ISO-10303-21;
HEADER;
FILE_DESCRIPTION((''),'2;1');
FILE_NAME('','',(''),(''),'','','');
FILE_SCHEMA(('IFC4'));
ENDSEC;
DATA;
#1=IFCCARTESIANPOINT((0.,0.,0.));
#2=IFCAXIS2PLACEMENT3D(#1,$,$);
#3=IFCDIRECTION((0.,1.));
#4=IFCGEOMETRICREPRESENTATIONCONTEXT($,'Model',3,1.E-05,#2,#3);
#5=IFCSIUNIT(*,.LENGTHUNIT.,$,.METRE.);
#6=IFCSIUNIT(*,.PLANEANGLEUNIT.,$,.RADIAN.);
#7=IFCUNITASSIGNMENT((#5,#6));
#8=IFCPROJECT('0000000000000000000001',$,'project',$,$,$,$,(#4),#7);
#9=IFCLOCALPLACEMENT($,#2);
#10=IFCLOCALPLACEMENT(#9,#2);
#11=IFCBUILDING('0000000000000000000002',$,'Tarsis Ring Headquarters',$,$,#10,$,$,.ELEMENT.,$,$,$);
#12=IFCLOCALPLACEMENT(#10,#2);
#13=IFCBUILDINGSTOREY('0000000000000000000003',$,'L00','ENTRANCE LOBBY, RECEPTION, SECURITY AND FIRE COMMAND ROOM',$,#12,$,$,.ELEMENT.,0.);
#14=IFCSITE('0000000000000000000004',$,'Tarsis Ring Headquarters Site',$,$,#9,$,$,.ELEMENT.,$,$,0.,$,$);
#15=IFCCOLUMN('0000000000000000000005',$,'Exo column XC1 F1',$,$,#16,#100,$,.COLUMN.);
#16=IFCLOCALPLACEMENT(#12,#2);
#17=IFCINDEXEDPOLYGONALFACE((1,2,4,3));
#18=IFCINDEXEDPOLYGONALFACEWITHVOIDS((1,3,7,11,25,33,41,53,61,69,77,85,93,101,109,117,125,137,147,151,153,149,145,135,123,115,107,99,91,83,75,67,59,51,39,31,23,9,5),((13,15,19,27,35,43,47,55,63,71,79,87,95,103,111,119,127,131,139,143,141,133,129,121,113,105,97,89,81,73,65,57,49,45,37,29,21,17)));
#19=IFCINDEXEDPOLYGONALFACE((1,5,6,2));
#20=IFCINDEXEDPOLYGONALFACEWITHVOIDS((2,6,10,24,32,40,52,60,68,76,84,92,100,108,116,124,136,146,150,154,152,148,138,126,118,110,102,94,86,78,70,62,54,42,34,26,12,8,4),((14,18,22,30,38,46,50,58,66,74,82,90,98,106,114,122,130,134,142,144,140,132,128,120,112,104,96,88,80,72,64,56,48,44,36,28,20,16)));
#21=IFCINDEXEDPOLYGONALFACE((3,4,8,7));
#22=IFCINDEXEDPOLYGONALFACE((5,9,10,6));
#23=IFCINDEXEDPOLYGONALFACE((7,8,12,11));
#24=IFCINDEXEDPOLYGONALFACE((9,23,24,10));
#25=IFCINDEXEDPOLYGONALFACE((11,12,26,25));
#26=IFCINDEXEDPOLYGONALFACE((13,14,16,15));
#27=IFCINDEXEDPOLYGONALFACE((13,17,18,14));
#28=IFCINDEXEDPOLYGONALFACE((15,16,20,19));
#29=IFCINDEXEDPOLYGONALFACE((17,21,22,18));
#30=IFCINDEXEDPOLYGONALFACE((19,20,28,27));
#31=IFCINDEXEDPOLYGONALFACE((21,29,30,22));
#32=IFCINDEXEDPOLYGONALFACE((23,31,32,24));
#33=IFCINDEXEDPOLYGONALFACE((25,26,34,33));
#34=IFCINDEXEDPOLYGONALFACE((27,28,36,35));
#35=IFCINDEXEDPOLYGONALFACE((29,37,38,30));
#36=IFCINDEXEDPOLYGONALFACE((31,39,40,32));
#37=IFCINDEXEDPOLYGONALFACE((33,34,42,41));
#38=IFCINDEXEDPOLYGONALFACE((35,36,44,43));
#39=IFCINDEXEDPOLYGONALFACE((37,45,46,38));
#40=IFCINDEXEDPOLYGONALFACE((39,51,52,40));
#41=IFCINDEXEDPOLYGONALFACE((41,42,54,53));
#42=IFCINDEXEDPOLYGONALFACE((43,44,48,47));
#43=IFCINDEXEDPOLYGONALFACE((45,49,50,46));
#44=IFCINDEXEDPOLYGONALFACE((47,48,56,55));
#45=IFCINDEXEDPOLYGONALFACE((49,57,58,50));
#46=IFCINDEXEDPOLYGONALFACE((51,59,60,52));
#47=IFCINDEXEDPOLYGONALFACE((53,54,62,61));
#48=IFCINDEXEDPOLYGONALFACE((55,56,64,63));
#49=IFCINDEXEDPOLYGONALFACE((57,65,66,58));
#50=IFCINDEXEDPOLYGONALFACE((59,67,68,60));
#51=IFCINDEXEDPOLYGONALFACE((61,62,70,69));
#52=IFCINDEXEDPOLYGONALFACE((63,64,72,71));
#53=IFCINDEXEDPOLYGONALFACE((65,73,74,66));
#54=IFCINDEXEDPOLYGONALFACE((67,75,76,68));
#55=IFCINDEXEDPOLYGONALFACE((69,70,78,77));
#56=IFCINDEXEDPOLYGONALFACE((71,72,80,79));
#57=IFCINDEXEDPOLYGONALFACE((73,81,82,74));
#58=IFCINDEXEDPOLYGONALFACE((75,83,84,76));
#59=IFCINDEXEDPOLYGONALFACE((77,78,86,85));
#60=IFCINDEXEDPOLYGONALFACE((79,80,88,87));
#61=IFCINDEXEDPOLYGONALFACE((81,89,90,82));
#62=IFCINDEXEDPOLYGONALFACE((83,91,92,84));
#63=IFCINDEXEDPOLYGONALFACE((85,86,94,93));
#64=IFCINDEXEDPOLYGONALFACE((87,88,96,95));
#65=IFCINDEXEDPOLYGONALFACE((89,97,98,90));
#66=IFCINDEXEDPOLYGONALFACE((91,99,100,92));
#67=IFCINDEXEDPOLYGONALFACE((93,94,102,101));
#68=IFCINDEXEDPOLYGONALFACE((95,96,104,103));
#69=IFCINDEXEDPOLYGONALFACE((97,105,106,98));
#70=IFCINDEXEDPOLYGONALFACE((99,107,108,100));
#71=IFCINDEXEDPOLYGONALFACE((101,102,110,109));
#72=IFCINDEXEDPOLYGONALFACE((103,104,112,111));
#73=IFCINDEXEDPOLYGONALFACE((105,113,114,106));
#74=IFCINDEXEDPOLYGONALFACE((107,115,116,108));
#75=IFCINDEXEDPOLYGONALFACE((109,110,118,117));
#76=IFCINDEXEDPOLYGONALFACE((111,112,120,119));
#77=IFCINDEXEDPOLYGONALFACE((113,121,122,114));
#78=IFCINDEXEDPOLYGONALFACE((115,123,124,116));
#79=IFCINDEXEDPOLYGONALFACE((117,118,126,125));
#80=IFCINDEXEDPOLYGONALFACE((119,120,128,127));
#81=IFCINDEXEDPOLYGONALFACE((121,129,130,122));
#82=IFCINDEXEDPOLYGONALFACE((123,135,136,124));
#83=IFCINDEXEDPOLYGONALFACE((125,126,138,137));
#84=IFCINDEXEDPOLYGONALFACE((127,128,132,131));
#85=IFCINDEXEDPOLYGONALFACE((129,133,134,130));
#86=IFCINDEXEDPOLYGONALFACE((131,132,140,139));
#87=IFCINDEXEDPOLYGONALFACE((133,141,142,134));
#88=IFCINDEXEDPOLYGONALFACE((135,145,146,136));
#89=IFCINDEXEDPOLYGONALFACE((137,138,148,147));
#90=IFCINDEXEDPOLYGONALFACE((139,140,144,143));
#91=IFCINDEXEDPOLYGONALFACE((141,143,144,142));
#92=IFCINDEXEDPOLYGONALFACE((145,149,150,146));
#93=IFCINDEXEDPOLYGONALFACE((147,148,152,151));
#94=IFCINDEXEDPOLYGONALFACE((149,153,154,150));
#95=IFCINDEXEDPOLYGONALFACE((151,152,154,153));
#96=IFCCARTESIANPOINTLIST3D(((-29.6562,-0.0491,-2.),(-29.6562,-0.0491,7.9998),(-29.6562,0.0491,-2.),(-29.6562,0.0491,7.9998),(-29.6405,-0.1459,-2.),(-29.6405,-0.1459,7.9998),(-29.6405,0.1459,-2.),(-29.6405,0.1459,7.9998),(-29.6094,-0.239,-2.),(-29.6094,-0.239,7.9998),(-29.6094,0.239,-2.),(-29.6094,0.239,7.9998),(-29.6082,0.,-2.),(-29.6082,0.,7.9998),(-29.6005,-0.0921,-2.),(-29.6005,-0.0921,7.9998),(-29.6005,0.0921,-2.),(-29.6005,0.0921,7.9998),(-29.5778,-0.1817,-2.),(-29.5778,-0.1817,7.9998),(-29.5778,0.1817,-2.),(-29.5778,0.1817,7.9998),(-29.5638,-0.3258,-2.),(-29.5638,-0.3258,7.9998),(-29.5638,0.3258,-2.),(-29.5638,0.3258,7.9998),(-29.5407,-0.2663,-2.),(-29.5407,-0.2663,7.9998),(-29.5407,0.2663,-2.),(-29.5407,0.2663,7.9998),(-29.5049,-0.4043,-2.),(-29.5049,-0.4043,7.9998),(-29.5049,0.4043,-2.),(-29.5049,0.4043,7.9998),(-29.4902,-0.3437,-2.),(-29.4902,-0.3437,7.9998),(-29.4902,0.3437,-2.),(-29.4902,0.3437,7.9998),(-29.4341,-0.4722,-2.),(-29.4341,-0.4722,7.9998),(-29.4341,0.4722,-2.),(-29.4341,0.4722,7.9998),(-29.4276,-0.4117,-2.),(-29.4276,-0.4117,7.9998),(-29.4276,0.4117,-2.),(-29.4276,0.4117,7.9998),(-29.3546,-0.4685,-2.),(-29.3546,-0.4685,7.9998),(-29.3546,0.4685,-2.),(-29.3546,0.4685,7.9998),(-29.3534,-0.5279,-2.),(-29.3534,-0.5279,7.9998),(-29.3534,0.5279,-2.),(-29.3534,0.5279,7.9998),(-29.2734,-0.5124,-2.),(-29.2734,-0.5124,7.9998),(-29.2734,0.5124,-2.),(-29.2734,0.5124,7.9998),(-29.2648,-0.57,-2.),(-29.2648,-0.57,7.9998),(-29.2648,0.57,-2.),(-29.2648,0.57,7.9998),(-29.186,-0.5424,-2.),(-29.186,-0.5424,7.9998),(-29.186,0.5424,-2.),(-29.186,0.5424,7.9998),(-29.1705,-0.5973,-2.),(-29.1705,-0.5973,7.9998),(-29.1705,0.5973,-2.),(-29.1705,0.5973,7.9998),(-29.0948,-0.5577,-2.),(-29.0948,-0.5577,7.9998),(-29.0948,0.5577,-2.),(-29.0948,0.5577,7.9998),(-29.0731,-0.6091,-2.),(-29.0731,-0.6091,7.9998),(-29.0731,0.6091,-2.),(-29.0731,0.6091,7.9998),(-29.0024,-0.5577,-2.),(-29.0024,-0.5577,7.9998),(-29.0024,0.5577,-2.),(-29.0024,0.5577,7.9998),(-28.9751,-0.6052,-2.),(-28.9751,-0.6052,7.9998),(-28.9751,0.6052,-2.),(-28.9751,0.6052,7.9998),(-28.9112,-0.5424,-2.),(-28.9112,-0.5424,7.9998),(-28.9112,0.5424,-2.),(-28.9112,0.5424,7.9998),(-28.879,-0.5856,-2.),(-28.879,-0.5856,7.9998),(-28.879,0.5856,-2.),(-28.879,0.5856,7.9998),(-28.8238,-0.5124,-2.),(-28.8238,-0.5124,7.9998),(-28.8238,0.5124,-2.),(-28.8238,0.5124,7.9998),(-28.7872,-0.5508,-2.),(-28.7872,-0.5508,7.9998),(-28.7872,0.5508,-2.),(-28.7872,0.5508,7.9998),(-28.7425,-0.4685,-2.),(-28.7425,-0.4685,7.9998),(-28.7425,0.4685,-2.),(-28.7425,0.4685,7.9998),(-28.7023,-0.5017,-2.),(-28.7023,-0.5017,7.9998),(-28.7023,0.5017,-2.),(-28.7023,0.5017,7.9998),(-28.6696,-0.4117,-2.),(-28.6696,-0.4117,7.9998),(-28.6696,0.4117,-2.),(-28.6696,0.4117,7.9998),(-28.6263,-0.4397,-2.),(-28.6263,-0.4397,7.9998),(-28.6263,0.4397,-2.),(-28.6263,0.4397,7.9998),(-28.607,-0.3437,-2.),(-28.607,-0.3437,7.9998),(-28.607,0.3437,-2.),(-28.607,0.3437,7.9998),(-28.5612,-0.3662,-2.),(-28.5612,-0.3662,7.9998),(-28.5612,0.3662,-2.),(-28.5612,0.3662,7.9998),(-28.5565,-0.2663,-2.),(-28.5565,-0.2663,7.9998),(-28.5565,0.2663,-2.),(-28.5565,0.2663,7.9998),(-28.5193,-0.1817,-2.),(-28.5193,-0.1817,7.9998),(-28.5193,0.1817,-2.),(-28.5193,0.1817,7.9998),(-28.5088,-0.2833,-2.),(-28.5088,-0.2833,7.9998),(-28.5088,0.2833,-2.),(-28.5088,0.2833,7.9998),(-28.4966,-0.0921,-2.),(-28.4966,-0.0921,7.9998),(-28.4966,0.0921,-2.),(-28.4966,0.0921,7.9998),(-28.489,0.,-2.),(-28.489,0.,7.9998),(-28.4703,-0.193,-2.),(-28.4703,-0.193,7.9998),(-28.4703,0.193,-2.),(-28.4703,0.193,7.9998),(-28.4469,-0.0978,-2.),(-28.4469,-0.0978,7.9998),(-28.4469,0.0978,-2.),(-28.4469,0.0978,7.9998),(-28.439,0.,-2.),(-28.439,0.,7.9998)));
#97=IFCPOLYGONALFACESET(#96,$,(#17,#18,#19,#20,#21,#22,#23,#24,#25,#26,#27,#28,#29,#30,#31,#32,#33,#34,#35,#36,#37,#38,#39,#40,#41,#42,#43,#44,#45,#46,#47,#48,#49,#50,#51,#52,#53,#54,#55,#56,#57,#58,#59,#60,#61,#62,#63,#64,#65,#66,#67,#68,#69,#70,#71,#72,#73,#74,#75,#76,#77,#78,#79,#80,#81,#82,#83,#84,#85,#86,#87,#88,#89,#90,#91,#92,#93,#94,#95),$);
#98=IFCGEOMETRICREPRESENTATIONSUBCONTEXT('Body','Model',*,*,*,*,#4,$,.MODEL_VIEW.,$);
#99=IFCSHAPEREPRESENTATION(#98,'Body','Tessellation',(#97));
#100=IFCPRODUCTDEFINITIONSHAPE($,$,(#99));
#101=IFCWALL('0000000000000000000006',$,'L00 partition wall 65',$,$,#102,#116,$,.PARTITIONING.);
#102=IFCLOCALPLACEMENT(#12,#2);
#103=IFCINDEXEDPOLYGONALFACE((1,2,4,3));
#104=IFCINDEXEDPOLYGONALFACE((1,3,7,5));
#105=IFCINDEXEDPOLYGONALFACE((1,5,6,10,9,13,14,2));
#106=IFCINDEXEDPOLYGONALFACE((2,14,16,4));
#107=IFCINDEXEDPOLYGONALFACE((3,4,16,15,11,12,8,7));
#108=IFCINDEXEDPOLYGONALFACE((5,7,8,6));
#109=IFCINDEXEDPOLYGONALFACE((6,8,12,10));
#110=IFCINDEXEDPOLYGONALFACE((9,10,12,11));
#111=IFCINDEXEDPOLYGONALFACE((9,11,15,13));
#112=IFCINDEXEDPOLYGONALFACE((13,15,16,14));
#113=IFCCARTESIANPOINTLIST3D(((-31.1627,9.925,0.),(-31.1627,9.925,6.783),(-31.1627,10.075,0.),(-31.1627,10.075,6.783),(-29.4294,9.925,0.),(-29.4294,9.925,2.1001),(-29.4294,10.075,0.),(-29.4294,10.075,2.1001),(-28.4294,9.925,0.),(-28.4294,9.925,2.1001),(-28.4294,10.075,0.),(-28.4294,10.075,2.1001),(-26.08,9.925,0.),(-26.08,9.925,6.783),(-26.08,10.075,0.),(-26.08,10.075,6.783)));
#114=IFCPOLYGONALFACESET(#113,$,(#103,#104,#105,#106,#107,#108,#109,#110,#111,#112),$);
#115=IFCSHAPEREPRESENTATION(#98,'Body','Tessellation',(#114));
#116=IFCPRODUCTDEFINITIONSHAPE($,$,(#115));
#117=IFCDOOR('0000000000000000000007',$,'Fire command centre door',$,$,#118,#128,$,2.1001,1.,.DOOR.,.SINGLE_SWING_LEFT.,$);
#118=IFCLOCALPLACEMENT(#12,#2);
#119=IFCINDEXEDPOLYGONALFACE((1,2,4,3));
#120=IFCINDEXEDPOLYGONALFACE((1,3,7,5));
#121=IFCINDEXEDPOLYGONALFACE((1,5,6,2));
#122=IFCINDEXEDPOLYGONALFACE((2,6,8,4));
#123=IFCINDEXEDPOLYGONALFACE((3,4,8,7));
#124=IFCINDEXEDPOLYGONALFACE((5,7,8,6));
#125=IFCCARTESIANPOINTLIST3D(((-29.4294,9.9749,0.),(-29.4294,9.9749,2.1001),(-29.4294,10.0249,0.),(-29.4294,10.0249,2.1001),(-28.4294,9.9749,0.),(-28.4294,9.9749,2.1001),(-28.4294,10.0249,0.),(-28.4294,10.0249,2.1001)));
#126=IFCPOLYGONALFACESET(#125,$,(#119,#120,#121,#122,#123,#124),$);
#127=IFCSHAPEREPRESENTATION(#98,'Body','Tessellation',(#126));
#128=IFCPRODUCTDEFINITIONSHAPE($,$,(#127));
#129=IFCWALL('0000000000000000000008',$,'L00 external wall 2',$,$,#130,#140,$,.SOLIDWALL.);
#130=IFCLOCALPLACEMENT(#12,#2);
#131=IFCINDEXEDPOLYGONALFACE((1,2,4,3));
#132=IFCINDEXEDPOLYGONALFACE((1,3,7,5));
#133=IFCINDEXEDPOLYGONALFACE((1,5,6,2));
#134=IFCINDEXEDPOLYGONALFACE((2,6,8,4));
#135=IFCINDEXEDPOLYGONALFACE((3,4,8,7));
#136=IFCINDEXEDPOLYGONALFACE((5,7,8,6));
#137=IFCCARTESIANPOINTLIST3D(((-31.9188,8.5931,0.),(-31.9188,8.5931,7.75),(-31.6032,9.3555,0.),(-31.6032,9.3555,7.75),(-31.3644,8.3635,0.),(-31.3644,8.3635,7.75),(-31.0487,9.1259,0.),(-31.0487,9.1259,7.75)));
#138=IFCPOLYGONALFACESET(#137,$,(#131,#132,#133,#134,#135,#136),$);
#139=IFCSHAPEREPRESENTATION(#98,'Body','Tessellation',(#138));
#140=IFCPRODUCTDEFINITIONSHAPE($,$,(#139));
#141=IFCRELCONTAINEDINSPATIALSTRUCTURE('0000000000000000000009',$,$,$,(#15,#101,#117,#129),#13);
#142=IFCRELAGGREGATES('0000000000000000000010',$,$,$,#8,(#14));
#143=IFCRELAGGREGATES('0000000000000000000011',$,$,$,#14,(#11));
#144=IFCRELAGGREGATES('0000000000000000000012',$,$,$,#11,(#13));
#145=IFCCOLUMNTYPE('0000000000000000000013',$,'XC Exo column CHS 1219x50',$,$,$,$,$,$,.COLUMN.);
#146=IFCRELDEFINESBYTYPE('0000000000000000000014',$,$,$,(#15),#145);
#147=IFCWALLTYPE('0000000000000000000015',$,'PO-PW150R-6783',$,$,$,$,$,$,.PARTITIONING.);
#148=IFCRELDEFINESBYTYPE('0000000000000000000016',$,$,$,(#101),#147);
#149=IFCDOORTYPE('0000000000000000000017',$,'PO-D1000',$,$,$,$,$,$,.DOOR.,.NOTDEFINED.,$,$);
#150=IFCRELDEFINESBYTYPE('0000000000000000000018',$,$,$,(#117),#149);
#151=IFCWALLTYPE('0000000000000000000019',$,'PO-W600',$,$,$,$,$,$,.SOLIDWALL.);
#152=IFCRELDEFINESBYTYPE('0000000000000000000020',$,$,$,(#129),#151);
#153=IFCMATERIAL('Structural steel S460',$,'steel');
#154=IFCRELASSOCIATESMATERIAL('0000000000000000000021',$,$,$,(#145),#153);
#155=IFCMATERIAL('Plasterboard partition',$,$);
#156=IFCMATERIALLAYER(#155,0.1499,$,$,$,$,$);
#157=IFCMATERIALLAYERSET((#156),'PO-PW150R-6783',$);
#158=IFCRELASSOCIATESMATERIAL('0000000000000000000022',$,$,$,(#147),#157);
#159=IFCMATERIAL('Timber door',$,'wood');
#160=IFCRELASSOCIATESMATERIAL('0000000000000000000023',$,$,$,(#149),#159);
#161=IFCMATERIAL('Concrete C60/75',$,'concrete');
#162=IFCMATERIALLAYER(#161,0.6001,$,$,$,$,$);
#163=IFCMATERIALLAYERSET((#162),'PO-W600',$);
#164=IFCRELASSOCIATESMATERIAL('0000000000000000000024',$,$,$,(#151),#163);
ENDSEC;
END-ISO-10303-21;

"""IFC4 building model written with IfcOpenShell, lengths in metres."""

from ifc_helpers import new_model, si_unit, direction, frame, frame_2d, origin, origin_2d, place, context, subcontext, project, spatial, rectangle, hollow_circle, extrude, material, layer, layer_set, material_profile, profile_set, type_object, element, fill, save


model = new_model("IFC4")

# Units and contexts
model_context = context("Model", 3, precision=1e-05, world=origin(), true_north=direction((0.0, 1.0)))
body_context = subcontext(model_context, "Body", "Model", "MODEL_VIEW")
ifc_project = project(units=[si_unit("LENGTHUNIT", "METRE"), si_unit("PLANEANGLEUNIT", "RADIAN")], contexts=[model_context])

# Site, building, storey
site_placement = place(None, origin())
site = spatial("IfcSite", under=ifc_project, at=site_placement, Name="Tarsis Ring Headquarters Site", CompositionType="ELEMENT", RefElevation=0.0)
building_placement = place(site_placement, origin())
building = spatial("IfcBuilding", under=site, at=building_placement, Name="Tarsis Ring Headquarters", CompositionType="ELEMENT")
storey_placement = place(building_placement, origin())
storey = spatial("IfcBuildingStorey", under=building, at=storey_placement, Name="L00", Description="ENTRANCE LOBBY, RECEPTION, SECURITY AND FIRE COMMAND ROOM", CompositionType="ELEMENT", Elevation=0.0)

# Column
ifc_material_1 = material(Name="Structural steel S460", Category="steel")
ifc_material_profile_1 = material_profile(ifc_material_1, hollow_circle(Radius=0.6096, WallThickness=0.05, at=origin_2d()), Name="CHS 1219x50")
ifc_profile_set_1 = profile_set([ifc_material_profile_1], Name="Structural steel S460")
column_type_1 = type_object("IfcColumnType", Name="XC Exo column CHS 1219x50", PredefinedType="COLUMN", material=ifc_profile_set_1)
column_1_placement = place(storey_placement, frame((-29.0486, 0.0, -2.0), z_axis=(0.0, 0.0, 1.0), x_axis=(1.0, 0.0, 0.0)))
element("IfcColumn", 1, at=column_1_placement, inside=storey, type_object=column_type_1, Name="Exo column XC1 F1", PredefinedType="COLUMN", context=body_context, shape_type="SweptSolid", body=[
    extrude(hollow_circle(Radius=0.6096, WallThickness=0.05, at=origin_2d()), origin(), (0.0, 0.0, 1.0), 9.9998),
])

# Wall, opening, door
ifc_material_2 = material(Name="Plasterboard partition")
ifc_layer_1 = layer(ifc_material_2, 0.1499)
ifc_layer_set_1 = layer_set([ifc_layer_1], Name="PO-PW150R-6783")
wall_type_1 = type_object("IfcWallType", Name="PO-PW150R-6783", PredefinedType="PARTITIONING", material=ifc_layer_set_1)
wall_1_placement = place(storey_placement, frame((-31.1628, 10.0, 0.0), z_axis=(0.0, 0.0, 1.0), x_axis=(1.0, 0.0, 0.0)))
wall_1 = element("IfcWall", 2, at=wall_1_placement, inside=storey, type_object=wall_type_1, Name="L00 partition wall 65", PredefinedType="PARTITIONING", context=body_context, shape_type="SweptSolid", body=[
    extrude(rectangle(XDim=5.0828, YDim=0.1499, at=frame_2d((2.5415, 0.0))), origin(), (0.0, 0.0, 1.0), 6.783),
])
opening_1_placement = place(wall_1_placement, frame((1.7334, 0.0, 0.0)))
opening_1 = element("IfcOpeningElement", 3, at=opening_1_placement, cuts=wall_1, PredefinedType="OPENING", context=body_context, shape_type="SweptSolid", body=[
    extrude(rectangle(XDim=1.0, YDim=2.1001, at=frame_2d((0.5, 1.05))), frame((0.0, 0.085, 0.0), z_axis=(0.0, -1.0, 0.0), x_axis=(1.0, 0.0, 0.0)), (0.0, 0.0, 1.0), 0.1699),
])
ifc_material_3 = material(Name="Timber door", Category="wood")
door_type_1 = type_object("IfcDoorType", Name="PO-D1000", OperationType="NOTDEFINED", PredefinedType="DOOR", material=ifc_material_3)
door_1_placement = place(opening_1_placement, origin())
door_1 = element("IfcDoor", 4, at=door_1_placement, inside=storey, type_object=door_type_1, Name="Fire command centre door", OperationType="SINGLE_SWING_LEFT", OverallHeight=2.1001, OverallWidth=1.0, PredefinedType="DOOR", context=body_context, shape_type="SweptSolid", body=[
    extrude(rectangle(XDim=1.0, YDim=2.1001, at=frame_2d((0.5, 1.05))), frame((0.0, 0.0249, 0.0), z_axis=(0.0, -1.0, 0.0), x_axis=(1.0, 0.0, 0.0)), (0.0, 0.0, 1.0), 0.05),
])
fill(opening_1, door_1)

# Wall
ifc_material_4 = material(Name="Concrete C60/75", Category="concrete")
ifc_layer_2 = layer(ifc_material_4, 0.6001)
ifc_layer_set_2 = layer_set([ifc_layer_2], Name="PO-W600")
wall_type_2 = type_object("IfcWallType", Name="PO-W600", PredefinedType="SOLIDWALL", material=ifc_layer_set_2)
wall_2_placement = place(storey_placement, frame((-31.3259, 9.2407, 0.0), z_axis=(0.0, 0.0, 1.0), x_axis=(-0.382535, -0.923941, 0.0)))
element("IfcWall", 5, at=wall_2_placement, inside=storey, type_object=wall_type_2, Name="L00 external wall 2", PredefinedType="SOLIDWALL", context=body_context, shape_type="SweptSolid", body=[
    extrude(rectangle(XDim=0.8252, YDim=0.6001, at=frame_2d((0.4126, 0.0))), origin(), (0.0, 0.0, 1.0), 7.75),
])

save(model, "model.ifc")
